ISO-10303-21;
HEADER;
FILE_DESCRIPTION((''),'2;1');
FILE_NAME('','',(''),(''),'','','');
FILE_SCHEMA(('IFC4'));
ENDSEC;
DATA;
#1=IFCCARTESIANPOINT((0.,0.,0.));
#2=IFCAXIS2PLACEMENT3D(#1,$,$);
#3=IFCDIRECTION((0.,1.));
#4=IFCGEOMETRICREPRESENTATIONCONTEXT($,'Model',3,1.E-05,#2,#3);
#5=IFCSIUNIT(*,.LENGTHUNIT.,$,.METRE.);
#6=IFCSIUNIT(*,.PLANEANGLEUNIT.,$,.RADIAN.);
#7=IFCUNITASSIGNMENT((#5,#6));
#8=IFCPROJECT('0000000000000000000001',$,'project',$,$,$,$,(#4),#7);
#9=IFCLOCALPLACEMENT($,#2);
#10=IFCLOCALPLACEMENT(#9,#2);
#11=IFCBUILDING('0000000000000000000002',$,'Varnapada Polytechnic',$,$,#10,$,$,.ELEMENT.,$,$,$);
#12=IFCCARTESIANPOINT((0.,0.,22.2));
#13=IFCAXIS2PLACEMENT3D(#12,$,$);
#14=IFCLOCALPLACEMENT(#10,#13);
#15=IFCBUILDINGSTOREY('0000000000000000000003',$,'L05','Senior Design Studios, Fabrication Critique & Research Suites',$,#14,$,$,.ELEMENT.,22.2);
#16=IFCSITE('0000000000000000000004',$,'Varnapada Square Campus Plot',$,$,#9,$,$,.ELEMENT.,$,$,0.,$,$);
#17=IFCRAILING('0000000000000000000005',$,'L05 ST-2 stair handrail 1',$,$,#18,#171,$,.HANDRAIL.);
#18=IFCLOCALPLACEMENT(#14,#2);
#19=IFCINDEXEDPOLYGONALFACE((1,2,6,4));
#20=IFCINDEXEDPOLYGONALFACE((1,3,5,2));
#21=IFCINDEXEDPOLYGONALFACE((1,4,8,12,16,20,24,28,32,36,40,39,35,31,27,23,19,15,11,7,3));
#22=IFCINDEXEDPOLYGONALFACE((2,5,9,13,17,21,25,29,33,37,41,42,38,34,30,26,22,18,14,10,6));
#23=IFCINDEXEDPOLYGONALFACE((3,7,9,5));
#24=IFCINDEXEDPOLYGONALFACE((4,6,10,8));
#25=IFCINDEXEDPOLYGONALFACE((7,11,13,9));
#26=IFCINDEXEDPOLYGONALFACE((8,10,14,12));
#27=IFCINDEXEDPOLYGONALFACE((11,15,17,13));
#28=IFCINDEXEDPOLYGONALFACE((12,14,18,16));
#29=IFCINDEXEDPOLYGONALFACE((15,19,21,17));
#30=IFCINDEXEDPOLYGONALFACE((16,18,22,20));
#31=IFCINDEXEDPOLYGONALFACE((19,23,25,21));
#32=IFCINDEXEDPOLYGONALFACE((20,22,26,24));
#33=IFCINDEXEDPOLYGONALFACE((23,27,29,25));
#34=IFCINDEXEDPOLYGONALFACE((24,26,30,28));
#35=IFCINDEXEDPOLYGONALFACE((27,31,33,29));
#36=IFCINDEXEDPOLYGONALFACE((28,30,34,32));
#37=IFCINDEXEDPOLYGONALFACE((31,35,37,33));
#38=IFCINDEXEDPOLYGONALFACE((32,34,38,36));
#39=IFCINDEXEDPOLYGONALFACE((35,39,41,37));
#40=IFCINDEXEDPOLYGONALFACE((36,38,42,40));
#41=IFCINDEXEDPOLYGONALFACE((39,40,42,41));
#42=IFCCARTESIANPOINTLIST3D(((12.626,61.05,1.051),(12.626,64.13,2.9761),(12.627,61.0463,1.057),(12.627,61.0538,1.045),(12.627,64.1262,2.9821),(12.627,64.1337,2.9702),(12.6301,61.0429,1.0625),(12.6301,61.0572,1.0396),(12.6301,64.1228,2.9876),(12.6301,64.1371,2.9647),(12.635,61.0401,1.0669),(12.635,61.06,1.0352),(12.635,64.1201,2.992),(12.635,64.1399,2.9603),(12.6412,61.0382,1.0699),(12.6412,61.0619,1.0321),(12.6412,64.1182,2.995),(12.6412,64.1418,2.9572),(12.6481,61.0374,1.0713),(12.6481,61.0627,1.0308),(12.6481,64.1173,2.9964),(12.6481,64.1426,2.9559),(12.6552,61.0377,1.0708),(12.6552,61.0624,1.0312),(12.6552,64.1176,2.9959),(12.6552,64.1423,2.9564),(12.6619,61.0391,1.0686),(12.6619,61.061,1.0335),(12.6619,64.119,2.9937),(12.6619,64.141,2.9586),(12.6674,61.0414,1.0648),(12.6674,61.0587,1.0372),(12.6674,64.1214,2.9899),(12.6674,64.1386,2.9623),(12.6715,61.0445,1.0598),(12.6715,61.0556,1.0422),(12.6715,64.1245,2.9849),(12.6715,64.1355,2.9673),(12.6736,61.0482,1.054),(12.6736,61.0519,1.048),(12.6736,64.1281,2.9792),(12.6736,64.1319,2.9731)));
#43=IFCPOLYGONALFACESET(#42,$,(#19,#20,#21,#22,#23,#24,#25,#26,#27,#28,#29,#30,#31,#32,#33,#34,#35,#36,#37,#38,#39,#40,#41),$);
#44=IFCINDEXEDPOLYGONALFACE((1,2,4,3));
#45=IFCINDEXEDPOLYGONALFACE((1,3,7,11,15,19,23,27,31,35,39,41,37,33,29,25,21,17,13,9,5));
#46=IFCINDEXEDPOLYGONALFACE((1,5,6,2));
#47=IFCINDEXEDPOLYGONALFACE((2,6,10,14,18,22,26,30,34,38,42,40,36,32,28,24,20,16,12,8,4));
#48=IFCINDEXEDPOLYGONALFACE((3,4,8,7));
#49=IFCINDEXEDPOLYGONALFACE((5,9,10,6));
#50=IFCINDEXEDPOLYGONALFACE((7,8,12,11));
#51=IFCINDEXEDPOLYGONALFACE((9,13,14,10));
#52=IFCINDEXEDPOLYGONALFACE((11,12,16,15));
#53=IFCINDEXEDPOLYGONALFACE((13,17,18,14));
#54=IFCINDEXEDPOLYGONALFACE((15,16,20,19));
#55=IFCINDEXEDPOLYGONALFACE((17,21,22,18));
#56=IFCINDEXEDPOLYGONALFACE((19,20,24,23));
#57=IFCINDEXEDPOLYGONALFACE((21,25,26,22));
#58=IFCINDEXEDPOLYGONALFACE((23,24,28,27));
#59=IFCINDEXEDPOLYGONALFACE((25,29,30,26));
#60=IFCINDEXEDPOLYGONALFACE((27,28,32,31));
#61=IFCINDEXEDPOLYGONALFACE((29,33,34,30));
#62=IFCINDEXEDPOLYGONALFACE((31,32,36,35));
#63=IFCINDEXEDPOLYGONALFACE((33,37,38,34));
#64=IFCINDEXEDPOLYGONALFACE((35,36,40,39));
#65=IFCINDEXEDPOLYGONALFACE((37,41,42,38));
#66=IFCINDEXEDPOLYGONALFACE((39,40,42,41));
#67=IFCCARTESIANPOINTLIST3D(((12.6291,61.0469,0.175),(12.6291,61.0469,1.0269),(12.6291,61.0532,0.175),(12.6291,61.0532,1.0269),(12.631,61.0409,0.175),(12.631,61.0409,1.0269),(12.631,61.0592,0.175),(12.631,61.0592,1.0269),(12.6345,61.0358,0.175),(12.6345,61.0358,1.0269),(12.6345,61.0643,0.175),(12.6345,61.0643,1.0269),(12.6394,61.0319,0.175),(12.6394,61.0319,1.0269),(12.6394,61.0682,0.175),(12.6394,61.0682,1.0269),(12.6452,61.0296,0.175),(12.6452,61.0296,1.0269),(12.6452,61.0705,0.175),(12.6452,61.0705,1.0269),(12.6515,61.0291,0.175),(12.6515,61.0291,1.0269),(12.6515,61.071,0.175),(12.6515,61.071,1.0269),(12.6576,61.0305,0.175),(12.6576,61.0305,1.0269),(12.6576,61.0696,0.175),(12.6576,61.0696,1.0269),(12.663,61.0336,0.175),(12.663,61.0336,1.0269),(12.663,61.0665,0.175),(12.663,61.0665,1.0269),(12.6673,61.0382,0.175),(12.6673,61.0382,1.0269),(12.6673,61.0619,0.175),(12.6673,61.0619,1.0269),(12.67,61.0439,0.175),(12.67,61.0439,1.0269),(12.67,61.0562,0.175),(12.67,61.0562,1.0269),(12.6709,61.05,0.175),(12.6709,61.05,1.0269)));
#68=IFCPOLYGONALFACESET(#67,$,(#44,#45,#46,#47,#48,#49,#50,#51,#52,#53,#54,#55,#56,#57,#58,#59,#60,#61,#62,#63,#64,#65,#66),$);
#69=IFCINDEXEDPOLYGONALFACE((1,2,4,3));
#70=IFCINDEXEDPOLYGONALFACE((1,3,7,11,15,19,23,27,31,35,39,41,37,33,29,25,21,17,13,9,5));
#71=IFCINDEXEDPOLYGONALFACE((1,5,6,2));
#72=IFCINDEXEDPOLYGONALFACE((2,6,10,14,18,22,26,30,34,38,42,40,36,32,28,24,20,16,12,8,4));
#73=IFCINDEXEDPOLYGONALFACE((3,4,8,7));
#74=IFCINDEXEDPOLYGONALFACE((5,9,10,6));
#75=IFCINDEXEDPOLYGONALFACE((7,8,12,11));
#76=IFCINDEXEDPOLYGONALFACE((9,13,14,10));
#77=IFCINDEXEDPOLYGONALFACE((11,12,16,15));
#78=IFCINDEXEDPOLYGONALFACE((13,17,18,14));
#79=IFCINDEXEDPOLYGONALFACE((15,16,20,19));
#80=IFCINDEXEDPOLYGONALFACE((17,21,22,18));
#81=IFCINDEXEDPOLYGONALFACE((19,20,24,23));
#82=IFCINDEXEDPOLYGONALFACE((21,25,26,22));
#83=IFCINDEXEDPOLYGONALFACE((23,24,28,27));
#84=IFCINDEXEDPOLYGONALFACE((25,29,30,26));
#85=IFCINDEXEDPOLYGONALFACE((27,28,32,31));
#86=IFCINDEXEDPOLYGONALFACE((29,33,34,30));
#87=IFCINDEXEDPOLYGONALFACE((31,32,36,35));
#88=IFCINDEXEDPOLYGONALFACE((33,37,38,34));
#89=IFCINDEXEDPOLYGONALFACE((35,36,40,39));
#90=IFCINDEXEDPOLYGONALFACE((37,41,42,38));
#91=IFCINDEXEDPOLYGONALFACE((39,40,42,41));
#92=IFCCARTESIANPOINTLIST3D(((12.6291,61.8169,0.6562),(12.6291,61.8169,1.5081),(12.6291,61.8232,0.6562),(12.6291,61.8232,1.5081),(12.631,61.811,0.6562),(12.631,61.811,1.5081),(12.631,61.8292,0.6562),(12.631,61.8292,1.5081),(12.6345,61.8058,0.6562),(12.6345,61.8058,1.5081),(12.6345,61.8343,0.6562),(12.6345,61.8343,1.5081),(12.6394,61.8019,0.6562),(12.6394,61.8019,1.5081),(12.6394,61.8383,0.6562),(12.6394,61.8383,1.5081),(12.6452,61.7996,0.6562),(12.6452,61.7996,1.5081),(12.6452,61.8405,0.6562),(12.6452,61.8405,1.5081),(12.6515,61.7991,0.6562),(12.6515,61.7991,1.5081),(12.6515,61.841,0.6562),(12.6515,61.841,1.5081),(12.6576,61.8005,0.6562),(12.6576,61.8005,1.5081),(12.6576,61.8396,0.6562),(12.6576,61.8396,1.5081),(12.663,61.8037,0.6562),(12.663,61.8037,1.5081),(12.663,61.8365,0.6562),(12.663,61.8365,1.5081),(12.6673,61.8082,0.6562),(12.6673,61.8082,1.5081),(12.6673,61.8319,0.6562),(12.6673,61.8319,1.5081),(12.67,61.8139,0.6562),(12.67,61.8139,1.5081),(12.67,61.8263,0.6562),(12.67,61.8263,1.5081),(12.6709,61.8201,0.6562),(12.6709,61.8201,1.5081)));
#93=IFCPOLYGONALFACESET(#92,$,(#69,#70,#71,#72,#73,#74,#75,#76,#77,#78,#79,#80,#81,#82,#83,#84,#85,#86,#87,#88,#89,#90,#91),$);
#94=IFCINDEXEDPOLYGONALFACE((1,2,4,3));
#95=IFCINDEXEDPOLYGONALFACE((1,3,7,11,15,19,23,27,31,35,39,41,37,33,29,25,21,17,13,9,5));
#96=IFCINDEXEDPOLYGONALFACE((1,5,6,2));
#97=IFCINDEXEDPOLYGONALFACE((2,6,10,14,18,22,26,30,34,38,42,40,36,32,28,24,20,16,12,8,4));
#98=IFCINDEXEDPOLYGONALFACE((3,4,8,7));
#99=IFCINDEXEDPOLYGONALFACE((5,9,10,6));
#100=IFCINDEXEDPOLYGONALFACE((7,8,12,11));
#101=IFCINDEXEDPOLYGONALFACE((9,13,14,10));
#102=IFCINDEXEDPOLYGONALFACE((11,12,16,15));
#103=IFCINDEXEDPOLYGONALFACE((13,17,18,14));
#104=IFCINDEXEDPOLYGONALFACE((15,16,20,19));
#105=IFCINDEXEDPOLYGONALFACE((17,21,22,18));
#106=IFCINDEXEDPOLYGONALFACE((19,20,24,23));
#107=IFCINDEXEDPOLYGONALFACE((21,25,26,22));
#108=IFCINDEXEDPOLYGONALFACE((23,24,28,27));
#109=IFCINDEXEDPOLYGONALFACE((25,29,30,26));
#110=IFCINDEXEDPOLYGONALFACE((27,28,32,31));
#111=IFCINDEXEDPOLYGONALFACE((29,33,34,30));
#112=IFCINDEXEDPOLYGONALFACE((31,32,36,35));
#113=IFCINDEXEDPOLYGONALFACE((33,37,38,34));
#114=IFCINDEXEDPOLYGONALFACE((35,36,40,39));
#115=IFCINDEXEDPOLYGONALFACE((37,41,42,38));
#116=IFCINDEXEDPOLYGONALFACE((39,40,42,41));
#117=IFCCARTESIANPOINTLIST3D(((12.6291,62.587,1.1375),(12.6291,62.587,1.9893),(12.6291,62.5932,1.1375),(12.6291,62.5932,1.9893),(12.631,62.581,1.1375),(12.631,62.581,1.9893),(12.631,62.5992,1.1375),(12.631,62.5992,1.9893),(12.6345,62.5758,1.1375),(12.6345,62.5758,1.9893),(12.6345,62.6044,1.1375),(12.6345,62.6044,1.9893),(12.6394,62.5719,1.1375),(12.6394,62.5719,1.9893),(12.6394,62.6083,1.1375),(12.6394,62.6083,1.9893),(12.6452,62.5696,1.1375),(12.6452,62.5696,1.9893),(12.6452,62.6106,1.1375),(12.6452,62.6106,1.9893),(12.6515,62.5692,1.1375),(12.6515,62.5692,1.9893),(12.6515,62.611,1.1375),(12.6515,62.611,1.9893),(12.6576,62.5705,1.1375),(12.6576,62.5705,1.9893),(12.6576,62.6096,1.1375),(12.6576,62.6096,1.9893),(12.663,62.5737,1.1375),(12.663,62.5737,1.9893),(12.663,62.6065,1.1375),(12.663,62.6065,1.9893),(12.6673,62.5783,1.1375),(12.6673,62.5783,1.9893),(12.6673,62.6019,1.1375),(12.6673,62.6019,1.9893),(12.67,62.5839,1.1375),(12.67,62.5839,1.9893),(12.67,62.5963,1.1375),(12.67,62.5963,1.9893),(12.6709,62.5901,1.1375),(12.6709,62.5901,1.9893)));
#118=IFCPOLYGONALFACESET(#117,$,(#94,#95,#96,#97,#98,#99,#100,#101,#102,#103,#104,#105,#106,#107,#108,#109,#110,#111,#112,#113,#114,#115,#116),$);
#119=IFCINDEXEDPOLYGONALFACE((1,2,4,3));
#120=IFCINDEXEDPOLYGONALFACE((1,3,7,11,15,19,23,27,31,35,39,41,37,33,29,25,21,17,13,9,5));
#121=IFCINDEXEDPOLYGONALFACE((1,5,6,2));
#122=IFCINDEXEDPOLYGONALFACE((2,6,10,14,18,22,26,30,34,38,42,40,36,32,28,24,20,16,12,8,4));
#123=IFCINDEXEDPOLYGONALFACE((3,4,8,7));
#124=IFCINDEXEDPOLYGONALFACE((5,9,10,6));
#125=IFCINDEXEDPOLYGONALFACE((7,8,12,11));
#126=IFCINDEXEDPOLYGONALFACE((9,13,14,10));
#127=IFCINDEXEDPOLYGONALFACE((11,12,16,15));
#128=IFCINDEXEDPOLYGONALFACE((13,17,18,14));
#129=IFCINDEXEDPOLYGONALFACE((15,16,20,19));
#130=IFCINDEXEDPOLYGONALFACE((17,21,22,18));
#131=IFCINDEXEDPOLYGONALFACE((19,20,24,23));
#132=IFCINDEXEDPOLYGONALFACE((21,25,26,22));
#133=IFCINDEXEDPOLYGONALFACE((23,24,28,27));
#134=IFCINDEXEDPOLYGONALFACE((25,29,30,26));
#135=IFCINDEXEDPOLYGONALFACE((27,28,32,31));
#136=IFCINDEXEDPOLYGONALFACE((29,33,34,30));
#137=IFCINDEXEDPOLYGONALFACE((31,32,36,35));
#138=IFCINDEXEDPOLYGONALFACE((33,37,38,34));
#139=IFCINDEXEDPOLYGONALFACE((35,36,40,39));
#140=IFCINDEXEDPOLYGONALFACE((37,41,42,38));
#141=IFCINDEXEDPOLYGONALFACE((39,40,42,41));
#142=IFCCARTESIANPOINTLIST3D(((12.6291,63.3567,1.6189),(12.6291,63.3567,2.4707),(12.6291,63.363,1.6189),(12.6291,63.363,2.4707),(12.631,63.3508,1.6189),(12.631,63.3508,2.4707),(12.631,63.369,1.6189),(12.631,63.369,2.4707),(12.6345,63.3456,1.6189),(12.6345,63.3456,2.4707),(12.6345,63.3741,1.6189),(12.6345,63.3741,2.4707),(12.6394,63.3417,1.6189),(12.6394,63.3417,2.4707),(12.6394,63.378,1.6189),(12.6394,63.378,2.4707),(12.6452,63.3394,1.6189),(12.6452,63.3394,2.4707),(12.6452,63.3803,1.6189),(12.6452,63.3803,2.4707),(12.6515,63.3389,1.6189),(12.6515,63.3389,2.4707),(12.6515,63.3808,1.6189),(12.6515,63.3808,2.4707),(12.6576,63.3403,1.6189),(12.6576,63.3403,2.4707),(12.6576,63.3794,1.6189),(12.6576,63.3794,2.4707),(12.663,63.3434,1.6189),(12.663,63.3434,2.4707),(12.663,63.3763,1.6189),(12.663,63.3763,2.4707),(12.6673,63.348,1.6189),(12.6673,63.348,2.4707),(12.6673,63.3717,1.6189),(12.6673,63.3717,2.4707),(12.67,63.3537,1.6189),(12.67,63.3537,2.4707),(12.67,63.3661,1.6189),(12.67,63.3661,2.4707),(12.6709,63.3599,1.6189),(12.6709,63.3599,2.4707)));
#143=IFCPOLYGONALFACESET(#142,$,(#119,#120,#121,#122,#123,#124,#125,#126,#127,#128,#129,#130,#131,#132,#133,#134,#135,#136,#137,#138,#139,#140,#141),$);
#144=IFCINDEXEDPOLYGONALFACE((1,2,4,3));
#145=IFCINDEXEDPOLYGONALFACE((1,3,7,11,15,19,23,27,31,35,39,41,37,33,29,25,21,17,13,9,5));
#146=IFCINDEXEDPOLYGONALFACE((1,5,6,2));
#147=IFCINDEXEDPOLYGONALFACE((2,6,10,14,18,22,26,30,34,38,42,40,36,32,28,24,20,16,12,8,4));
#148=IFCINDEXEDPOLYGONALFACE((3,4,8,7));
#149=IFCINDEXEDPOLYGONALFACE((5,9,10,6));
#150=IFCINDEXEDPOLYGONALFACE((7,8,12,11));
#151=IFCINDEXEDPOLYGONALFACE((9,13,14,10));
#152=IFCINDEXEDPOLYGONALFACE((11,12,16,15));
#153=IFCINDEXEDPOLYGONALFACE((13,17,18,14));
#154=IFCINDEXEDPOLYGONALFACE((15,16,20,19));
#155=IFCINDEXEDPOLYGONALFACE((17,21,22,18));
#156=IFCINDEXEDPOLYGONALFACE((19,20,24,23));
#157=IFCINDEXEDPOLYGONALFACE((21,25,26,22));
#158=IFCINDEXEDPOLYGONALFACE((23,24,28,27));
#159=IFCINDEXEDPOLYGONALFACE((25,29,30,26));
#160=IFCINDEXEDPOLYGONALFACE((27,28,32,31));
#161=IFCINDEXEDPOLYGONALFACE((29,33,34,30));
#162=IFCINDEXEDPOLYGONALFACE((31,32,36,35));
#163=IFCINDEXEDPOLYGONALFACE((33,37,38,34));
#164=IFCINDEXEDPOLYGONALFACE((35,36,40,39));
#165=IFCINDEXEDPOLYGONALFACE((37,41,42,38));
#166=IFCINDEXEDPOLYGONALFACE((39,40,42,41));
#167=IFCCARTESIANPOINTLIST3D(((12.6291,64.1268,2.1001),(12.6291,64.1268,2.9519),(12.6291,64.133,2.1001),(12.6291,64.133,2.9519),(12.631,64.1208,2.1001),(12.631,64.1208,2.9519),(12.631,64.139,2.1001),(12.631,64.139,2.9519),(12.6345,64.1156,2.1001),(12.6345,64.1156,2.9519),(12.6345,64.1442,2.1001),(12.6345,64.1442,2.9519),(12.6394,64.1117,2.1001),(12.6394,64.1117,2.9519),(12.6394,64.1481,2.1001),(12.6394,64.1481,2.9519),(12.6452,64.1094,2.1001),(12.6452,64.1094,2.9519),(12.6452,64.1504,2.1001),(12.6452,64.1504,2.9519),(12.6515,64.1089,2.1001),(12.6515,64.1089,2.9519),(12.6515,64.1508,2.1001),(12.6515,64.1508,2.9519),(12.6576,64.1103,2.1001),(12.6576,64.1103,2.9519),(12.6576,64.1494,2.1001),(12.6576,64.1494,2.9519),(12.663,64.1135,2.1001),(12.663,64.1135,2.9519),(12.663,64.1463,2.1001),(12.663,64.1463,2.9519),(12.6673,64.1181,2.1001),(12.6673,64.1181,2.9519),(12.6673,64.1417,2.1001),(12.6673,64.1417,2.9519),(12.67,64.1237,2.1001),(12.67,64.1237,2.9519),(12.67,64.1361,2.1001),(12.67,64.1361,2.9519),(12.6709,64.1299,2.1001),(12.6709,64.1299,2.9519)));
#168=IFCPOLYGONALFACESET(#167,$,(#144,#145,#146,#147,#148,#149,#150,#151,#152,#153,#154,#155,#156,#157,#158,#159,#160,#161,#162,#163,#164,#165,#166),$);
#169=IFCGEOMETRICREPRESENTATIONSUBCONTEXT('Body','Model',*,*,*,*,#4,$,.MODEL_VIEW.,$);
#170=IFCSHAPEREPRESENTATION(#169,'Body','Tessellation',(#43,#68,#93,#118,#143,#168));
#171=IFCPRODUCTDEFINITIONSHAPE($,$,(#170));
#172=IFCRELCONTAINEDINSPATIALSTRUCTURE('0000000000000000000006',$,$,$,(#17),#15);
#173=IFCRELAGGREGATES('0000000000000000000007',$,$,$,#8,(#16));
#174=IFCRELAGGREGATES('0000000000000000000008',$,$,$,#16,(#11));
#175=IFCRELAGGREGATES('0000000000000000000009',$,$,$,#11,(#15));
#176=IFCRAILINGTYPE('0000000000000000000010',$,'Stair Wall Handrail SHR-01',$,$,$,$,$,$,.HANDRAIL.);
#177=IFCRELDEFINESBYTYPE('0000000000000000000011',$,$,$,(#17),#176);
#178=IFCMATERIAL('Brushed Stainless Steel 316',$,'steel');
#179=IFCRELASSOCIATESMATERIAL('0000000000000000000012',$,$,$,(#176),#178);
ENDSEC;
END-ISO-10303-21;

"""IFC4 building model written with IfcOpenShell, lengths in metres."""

from ifc_helpers import new_model, si_unit, direction, frame, origin, origin_2d, place, context, subcontext, project, spatial, circle, extrude, material, type_object, element, save


model = new_model("IFC4")

# Units and contexts
model_context = context("Model", 3, precision=1e-05, world=origin(), true_north=direction((0.0, 1.0)))
body_context = subcontext(model_context, "Body", "Model", "MODEL_VIEW")
ifc_project = project(units=[si_unit("LENGTHUNIT", "METRE"), si_unit("PLANEANGLEUNIT", "RADIAN")], contexts=[model_context])

# Site, building, storey
site_placement = place(None, origin())
site = spatial("IfcSite", under=ifc_project, at=site_placement, Name="Varnapada Square Campus Plot", CompositionType="ELEMENT", RefElevation=0.0)
building_placement = place(site_placement, origin())
building = spatial("IfcBuilding", under=site, at=building_placement, Name="Varnapada Polytechnic", CompositionType="ELEMENT")
storey_placement = place(building_placement, frame((0.0, 0.0, 22.2)))
storey = spatial("IfcBuildingStorey", under=building, at=storey_placement, Name="L05", Description="Senior Design Studios, Fabrication Critique & Research Suites", CompositionType="ELEMENT", Elevation=22.2)

# Railing
ifc_material_1 = material(Name="Brushed Stainless Steel 316", Category="steel")
railing_type_1 = type_object("IfcRailingType", Name="Stair Wall Handrail SHR-01", PredefinedType="HANDRAIL", material=ifc_material_1)
railing_1_placement = place(storey_placement, frame((12.6499, 61.05, 0.175)))
element("IfcRailing", 1, at=railing_1_placement, inside=storey, type_object=railing_type_1, Name="L05 ST-2 stair handrail 1", PredefinedType="HANDRAIL", context=body_context, shape_type="SweptSolid", body=[
    extrude(circle(Radius=0.0239, at=origin_2d()), frame((0.0, 0.0, 0.876), z_axis=(0.0, 0.847979, 0.530029), x_axis=(-1.0, 0.0, 0.0)), (0.0, 0.0, 1.0), 3.6321),
    extrude(circle(Radius=0.021, at=origin_2d()), origin(), (0.0, 0.0, 1.0), 0.8518),
    extrude(circle(Radius=0.021, at=origin_2d()), frame((0.0, 0.77, 0.4812)), (0.0, 0.0, 1.0), 0.8518),
    extrude(circle(Radius=0.021, at=origin_2d()), frame((0.0, 1.54, 0.9624)), (0.0, 0.0, 1.0), 0.8518),
    extrude(circle(Radius=0.021, at=origin_2d()), frame((0.0, 2.3098, 1.4438)), (0.0, 0.0, 1.0), 0.8518),
    extrude(circle(Radius=0.021, at=origin_2d()), frame((0.0, 3.0798, 1.925)), (0.0, 0.0, 1.0), 0.8518),
])

save(model, "model.ifc")
